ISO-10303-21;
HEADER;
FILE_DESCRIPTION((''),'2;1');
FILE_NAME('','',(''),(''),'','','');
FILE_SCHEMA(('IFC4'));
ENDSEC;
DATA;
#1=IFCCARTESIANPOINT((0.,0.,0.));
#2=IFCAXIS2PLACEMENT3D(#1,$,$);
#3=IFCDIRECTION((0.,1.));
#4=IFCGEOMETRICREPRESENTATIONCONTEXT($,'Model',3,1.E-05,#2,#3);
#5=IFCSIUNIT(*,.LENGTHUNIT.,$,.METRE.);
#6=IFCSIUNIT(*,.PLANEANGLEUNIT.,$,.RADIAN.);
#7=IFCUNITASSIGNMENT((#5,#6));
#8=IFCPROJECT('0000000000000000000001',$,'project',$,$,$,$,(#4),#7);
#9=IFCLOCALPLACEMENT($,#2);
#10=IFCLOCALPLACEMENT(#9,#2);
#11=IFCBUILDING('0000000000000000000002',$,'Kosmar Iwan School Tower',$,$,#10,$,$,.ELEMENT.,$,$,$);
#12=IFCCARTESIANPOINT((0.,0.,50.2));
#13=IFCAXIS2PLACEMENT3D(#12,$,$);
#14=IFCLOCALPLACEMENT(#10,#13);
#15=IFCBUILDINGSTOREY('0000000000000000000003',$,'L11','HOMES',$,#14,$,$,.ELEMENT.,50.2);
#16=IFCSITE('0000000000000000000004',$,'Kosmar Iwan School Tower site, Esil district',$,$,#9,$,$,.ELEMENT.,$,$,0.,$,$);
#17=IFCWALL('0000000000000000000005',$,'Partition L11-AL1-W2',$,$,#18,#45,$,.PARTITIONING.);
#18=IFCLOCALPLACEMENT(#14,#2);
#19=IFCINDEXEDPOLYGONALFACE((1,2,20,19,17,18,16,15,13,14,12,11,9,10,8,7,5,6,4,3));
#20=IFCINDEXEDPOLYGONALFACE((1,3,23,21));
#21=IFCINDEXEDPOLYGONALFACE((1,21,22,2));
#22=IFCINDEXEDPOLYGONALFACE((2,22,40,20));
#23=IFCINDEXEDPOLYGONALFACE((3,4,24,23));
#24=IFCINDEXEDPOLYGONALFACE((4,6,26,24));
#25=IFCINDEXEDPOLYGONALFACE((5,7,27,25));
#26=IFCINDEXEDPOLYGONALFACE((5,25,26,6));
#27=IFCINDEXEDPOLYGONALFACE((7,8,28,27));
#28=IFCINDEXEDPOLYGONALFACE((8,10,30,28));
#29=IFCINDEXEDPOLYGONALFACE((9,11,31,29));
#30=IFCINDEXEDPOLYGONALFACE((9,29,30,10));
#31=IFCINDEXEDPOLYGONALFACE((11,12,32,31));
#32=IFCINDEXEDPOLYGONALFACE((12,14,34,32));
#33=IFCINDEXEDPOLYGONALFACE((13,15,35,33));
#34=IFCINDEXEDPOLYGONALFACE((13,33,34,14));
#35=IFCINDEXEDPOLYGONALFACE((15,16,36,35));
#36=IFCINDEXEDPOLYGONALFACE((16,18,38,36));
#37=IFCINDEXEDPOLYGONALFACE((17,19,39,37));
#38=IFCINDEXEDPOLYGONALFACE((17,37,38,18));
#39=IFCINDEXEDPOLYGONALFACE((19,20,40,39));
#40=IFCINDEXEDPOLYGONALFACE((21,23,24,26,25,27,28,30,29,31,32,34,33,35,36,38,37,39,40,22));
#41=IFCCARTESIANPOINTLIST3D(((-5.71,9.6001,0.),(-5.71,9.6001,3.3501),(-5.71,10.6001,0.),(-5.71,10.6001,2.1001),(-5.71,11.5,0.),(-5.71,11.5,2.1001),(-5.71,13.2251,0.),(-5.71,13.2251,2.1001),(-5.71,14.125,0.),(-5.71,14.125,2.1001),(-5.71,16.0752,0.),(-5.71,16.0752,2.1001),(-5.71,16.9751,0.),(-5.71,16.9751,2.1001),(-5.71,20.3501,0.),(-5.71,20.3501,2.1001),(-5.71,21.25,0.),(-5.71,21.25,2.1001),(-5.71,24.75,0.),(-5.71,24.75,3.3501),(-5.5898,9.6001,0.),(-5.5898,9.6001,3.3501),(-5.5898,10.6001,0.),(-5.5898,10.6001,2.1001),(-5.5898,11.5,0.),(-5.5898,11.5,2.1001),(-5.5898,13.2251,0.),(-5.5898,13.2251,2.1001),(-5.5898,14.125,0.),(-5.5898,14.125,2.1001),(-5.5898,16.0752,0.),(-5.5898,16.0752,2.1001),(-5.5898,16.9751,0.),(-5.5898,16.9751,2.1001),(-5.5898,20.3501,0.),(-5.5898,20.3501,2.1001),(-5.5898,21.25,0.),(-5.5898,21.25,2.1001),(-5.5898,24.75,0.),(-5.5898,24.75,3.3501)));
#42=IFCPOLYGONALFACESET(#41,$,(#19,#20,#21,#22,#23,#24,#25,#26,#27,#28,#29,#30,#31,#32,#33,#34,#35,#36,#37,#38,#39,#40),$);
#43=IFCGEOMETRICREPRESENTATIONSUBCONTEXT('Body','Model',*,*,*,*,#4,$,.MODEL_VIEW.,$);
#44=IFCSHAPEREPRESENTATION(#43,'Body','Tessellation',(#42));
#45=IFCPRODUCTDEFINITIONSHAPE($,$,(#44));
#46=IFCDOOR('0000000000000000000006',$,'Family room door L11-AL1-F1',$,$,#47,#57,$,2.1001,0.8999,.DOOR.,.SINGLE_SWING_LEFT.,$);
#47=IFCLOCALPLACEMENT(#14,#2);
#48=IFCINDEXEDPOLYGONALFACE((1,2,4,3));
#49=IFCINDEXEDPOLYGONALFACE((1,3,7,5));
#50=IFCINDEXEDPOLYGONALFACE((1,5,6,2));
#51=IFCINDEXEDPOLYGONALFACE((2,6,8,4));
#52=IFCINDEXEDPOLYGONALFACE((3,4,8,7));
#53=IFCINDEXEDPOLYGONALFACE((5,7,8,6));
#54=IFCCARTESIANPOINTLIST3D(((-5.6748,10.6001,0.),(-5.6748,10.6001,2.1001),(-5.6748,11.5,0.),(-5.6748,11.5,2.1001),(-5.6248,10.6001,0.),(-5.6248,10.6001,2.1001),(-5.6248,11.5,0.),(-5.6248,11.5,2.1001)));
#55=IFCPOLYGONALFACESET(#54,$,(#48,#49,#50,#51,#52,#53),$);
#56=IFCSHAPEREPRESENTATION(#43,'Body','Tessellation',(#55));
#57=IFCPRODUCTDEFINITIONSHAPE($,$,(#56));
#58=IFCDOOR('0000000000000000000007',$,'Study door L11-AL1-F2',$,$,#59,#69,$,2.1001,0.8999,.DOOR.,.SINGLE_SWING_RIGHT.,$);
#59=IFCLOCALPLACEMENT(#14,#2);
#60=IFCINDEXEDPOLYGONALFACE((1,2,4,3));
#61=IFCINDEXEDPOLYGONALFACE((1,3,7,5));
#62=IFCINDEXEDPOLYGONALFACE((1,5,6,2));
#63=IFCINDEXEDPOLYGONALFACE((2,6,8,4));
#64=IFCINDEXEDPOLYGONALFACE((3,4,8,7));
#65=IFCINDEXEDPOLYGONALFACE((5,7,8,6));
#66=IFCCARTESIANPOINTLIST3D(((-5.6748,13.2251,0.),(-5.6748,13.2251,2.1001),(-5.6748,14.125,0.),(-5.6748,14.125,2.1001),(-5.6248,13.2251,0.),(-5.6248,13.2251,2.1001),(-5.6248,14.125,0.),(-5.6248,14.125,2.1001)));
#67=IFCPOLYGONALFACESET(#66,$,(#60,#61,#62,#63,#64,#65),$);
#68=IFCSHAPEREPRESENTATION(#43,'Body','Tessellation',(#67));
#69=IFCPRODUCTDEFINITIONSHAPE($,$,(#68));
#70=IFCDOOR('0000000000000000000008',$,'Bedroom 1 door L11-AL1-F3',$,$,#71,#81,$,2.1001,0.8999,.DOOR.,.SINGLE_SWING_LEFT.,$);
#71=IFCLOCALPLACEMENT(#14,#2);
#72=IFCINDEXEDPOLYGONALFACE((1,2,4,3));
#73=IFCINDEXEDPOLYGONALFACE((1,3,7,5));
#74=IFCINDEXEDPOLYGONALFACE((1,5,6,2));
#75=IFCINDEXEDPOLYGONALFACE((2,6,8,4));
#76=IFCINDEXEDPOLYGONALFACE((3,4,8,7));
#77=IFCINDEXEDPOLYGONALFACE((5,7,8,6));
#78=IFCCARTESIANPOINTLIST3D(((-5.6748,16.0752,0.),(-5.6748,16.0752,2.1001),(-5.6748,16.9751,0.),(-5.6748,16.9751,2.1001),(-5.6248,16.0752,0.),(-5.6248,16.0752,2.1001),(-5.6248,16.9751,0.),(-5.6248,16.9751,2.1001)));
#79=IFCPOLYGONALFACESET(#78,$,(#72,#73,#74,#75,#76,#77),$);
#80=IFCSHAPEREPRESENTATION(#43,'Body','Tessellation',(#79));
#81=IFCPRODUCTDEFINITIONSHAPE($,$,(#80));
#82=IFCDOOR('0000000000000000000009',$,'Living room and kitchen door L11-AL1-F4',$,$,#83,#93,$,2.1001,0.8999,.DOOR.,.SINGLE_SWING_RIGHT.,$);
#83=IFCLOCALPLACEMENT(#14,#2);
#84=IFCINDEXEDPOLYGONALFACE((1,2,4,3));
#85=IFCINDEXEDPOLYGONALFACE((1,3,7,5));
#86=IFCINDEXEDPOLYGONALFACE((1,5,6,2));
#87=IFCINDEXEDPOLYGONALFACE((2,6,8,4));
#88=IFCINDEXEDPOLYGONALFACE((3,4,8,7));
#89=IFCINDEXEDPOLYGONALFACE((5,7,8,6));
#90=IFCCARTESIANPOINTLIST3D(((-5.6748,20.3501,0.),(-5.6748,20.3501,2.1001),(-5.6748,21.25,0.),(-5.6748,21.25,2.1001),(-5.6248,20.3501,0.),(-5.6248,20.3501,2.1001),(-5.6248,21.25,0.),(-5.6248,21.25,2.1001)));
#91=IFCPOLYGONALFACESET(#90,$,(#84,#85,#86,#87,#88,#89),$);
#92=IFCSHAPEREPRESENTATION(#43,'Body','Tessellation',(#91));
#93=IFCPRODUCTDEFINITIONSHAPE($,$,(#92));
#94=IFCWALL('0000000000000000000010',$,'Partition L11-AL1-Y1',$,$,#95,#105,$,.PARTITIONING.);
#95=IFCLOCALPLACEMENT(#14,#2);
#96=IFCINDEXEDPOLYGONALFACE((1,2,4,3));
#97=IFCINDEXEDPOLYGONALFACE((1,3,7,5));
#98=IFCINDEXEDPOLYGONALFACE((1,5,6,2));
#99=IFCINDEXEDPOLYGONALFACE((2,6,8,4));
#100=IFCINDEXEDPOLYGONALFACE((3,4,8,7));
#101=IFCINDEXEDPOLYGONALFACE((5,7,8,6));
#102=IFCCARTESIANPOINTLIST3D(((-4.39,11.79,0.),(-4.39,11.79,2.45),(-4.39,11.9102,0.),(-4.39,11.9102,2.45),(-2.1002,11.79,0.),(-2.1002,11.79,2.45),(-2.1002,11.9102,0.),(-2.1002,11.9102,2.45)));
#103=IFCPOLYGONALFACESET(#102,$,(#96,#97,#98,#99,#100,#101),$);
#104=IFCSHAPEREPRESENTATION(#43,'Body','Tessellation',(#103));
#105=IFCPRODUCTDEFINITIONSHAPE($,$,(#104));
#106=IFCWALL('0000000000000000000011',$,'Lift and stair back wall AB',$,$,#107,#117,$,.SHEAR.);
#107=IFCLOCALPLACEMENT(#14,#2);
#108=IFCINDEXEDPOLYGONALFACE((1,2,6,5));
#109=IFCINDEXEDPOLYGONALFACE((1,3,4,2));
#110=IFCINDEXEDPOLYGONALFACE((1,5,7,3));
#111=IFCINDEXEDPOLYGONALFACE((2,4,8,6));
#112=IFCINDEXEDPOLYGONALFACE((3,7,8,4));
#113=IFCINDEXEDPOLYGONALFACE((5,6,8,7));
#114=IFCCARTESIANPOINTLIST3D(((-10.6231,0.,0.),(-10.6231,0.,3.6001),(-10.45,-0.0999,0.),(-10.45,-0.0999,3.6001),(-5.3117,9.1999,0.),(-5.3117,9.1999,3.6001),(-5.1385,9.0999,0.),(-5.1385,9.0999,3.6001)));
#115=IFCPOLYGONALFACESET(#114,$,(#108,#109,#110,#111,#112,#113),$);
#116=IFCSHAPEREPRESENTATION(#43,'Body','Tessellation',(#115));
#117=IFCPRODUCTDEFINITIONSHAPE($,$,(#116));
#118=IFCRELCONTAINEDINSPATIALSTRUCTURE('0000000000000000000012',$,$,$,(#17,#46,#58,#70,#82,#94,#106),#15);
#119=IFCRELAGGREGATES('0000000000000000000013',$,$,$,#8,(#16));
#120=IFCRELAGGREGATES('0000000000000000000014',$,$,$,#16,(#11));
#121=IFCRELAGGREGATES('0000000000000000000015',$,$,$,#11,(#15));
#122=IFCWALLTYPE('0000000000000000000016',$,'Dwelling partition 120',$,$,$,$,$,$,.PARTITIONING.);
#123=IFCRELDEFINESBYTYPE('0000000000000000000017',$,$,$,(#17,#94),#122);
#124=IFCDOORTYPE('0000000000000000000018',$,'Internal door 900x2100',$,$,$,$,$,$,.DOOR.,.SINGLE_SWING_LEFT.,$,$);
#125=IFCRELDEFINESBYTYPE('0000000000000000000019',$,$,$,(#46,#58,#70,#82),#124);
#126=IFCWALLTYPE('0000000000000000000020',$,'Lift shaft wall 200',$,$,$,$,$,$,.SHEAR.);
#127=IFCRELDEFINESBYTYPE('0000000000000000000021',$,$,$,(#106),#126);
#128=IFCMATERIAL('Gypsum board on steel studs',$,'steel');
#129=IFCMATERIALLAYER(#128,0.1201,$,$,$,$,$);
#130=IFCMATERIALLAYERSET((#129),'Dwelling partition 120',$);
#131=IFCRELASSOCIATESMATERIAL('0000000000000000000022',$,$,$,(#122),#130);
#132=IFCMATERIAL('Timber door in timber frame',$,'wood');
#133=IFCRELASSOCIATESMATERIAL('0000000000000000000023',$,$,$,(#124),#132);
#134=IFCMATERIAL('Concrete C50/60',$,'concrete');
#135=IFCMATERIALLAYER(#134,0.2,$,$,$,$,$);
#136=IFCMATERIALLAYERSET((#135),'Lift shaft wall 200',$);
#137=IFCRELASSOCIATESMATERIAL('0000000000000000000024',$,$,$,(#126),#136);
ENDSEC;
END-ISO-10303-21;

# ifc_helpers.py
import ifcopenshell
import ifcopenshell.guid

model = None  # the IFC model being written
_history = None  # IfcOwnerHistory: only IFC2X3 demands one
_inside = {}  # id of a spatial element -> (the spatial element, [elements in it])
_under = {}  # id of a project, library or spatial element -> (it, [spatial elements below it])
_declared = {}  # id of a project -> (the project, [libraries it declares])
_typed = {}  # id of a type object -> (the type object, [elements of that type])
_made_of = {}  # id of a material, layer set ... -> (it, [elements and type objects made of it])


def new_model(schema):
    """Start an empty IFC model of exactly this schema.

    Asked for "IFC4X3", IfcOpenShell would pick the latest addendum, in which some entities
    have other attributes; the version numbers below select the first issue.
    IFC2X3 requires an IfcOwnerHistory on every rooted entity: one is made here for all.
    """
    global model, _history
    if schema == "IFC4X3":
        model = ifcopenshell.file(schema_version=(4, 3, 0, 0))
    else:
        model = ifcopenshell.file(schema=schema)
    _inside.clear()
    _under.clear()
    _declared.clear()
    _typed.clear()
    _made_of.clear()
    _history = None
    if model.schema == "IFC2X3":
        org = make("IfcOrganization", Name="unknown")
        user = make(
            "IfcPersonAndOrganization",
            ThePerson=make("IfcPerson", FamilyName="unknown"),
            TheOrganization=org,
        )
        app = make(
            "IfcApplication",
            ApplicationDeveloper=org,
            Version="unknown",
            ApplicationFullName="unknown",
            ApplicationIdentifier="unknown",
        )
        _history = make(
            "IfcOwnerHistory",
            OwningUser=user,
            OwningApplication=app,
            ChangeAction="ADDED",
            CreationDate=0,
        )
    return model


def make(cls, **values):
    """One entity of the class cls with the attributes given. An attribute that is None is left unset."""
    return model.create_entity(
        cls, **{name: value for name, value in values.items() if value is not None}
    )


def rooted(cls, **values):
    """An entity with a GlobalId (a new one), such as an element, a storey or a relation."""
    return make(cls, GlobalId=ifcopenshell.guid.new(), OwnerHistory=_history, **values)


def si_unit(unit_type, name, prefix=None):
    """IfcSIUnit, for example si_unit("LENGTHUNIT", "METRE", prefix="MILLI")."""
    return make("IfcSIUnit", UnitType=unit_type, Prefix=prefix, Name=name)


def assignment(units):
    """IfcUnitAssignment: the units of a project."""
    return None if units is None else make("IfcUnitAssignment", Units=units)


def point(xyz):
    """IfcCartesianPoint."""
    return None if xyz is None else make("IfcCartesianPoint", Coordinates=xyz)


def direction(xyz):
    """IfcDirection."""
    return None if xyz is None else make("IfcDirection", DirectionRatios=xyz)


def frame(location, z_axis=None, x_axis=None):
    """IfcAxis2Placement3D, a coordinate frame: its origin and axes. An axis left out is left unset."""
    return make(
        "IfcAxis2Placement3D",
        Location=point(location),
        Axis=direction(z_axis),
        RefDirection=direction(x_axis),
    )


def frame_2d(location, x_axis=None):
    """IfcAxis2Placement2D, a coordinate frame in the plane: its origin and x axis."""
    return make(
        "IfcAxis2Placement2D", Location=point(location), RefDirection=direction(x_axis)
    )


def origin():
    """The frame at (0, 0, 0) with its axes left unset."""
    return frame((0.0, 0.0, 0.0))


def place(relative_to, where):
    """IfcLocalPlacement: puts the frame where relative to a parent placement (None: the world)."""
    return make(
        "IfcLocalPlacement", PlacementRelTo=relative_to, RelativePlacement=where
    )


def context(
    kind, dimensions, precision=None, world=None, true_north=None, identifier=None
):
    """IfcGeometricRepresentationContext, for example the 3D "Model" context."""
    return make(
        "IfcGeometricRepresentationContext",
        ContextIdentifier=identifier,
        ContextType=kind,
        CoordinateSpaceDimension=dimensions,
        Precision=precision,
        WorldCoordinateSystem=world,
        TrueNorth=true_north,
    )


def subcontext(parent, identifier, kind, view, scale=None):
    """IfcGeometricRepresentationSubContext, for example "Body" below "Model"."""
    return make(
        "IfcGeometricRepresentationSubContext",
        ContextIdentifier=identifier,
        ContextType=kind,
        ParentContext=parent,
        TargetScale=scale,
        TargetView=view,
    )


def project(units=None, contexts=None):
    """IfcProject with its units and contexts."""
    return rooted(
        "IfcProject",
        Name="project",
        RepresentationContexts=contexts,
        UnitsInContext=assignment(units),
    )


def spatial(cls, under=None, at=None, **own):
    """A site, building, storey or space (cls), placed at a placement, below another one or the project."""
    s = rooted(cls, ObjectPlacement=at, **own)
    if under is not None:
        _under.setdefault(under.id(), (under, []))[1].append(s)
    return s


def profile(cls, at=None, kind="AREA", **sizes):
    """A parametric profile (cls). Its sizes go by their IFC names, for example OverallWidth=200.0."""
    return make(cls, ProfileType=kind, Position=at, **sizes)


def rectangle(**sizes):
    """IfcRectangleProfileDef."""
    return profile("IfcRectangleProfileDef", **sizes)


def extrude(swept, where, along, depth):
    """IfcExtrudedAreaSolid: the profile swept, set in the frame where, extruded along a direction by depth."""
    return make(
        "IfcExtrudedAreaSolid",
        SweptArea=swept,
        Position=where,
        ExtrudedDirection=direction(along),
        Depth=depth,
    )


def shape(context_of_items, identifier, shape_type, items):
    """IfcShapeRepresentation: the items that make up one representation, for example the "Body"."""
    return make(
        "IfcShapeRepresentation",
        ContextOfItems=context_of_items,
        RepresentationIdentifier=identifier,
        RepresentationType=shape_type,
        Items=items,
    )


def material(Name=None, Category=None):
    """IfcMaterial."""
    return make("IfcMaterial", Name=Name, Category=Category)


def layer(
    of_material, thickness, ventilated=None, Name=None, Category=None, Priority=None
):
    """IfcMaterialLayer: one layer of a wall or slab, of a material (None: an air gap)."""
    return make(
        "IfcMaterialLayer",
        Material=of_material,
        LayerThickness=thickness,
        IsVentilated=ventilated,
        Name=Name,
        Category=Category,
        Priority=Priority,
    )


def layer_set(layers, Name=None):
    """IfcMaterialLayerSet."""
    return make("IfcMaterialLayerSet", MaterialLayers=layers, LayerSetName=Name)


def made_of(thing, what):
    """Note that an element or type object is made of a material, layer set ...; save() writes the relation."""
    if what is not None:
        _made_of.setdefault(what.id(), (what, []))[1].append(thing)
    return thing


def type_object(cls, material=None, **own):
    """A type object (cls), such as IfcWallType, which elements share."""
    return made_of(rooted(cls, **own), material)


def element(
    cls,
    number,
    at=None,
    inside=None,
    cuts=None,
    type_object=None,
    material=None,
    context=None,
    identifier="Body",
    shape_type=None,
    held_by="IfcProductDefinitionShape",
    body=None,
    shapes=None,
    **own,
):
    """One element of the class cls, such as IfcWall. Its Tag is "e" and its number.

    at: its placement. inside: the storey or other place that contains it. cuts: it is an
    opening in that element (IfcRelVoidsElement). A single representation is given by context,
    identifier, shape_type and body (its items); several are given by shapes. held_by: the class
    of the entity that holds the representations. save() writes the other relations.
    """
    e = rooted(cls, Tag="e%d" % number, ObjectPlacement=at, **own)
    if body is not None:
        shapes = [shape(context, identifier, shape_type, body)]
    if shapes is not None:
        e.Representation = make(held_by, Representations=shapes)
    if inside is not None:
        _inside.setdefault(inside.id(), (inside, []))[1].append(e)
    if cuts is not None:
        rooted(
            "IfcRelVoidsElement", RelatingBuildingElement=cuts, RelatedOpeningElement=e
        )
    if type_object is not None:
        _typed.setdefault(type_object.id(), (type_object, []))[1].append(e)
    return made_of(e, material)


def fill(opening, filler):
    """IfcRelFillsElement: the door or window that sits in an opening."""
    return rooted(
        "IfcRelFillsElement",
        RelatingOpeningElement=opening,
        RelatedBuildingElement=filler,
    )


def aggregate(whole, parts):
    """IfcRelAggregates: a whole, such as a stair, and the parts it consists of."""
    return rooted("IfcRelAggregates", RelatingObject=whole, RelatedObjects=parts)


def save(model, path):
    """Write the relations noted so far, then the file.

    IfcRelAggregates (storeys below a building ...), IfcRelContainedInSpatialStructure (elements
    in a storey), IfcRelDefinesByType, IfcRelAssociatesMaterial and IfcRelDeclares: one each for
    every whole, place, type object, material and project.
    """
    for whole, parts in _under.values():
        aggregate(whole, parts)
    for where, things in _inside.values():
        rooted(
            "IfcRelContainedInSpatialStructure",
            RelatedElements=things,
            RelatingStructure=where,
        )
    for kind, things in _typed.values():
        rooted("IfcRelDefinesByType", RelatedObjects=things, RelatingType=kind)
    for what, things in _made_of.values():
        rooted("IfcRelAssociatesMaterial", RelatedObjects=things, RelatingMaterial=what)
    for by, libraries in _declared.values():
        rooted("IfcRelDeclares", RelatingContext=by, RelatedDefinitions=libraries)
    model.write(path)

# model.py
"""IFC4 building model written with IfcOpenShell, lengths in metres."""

from ifc_helpers import new_model, si_unit, direction, frame, frame_2d, origin, place, context, subcontext, project, spatial, rectangle, extrude, material, layer, layer_set, type_object, element, fill, save


model = new_model("IFC4")

# Units and contexts
model_context = context("Model", 3, precision=1e-05, world=origin(), true_north=direction((0.0, 1.0)))
body_context = subcontext(model_context, "Body", "Model", "MODEL_VIEW")
ifc_project = project(units=[si_unit("LENGTHUNIT", "METRE"), si_unit("PLANEANGLEUNIT", "RADIAN")], contexts=[model_context])

# Site, building, storey
site_placement = place(None, origin())
site = spatial("IfcSite", under=ifc_project, at=site_placement, Name="Kosmar Iwan School Tower site, Esil district", CompositionType="ELEMENT", RefElevation=0.0)
building_placement = place(site_placement, origin())
building = spatial("IfcBuilding", under=site, at=building_placement, Name="Kosmar Iwan School Tower", CompositionType="ELEMENT")
storey_placement = place(building_placement, frame((0.0, 0.0, 50.2)))
storey = spatial("IfcBuildingStorey", under=building, at=storey_placement, Name="L11", Description="HOMES", CompositionType="ELEMENT", Elevation=50.2)

# Wall, openings, doors
ifc_material_1 = material(Name="Gypsum board on steel studs", Category="steel")
ifc_layer_1 = layer(ifc_material_1, 0.1201)
ifc_layer_set_1 = layer_set([ifc_layer_1], Name="Dwelling partition 120")
wall_type_1 = type_object("IfcWallType", Name="Dwelling partition 120", PredefinedType="PARTITIONING", material=ifc_layer_set_1)
ifc_material_2 = material(Name="Timber door in timber frame", Category="wood")
door_type_1 = type_object("IfcDoorType", Name="Internal door 900x2100", OperationType="SINGLE_SWING_LEFT", PredefinedType="DOOR", material=ifc_material_2)
wall_1_placement = place(storey_placement, frame((-5.6499, 9.6001, 0.0), z_axis=(0.0, 0.0, 1.0), x_axis=(0.0, 1.0, 0.0)))
wall_1 = element("IfcWall", 1, at=wall_1_placement, inside=storey, type_object=wall_type_1, Name="Partition L11-AL1-W2", PredefinedType="PARTITIONING", context=body_context, shape_type="SweptSolid", body=[
    extrude(rectangle(XDim=15.1499, YDim=0.1201, at=frame_2d((7.575, 0.0))), origin(), (0.0, 0.0, 1.0), 3.3501),
])
opening_1_placement = place(wall_1_placement, frame((1.0, 0.0, 0.0)))
opening_1 = element("IfcOpeningElement", 2, at=opening_1_placement, cuts=wall_1, PredefinedType="OPENING", context=body_context, shape_type="SweptSolid", body=[
    extrude(rectangle(XDim=0.8999, YDim=2.1001, at=frame_2d((0.45, 1.05))), frame((0.0, 0.072, 0.0), z_axis=(0.0, -1.0, 0.0), x_axis=(1.0, 0.0, 0.0)), (0.0, 0.0, 1.0), 0.144),
])
opening_2_placement = place(wall_1_placement, frame((3.625, 0.0, 0.0)))
opening_2 = element("IfcOpeningElement", 3, at=opening_2_placement, cuts=wall_1, PredefinedType="OPENING", context=body_context, shape_type="SweptSolid", body=[
    extrude(rectangle(XDim=0.8999, YDim=2.1001, at=frame_2d((0.45, 1.05))), frame((0.0, 0.072, 0.0), z_axis=(0.0, -1.0, 0.0), x_axis=(1.0, 0.0, 0.0)), (0.0, 0.0, 1.0), 0.144),
])
opening_3_placement = place(wall_1_placement, frame((6.4751, 0.0, 0.0)))
opening_3 = element("IfcOpeningElement", 4, at=opening_3_placement, cuts=wall_1, PredefinedType="OPENING", context=body_context, shape_type="SweptSolid", body=[
    extrude(rectangle(XDim=0.8999, YDim=2.1001, at=frame_2d((0.45, 1.05))), frame((0.0, 0.072, 0.0), z_axis=(0.0, -1.0, 0.0), x_axis=(1.0, 0.0, 0.0)), (0.0, 0.0, 1.0), 0.144),
])
opening_4_placement = place(wall_1_placement, frame((10.75, 0.0, 0.0)))
opening_4 = element("IfcOpeningElement", 5, at=opening_4_placement, cuts=wall_1, PredefinedType="OPENING", context=body_context, shape_type="SweptSolid", body=[
    extrude(rectangle(XDim=0.8999, YDim=2.1001, at=frame_2d((0.45, 1.05))), frame((0.0, 0.072, 0.0), z_axis=(0.0, -1.0, 0.0), x_axis=(1.0, 0.0, 0.0)), (0.0, 0.0, 1.0), 0.144),
])
door_1_placement = place(opening_1_placement, origin())
door_1 = element("IfcDoor", 6, at=door_1_placement, inside=storey, type_object=door_type_1, Name="Family room door L11-AL1-F1", OperationType="SINGLE_SWING_LEFT", OverallHeight=2.1001, OverallWidth=0.8999, PredefinedType="DOOR", context=body_context, shape_type="SweptSolid", body=[
    extrude(rectangle(XDim=0.8999, YDim=2.1001, at=frame_2d((0.45, 1.05))), frame((0.0, 0.0249, 0.0), z_axis=(0.0, -1.0, 0.0), x_axis=(1.0, 0.0, 0.0)), (0.0, 0.0, 1.0), 0.05),
])
fill(opening_1, door_1)
door_2_placement = place(opening_2_placement, origin())
door_2 = element("IfcDoor", 7, at=door_2_placement, inside=storey, type_object=door_type_1, Name="Study door L11-AL1-F2", OperationType="SINGLE_SWING_RIGHT", OverallHeight=2.1001, OverallWidth=0.8999, PredefinedType="DOOR", context=body_context, shape_type="SweptSolid", body=[
    extrude(rectangle(XDim=0.8999, YDim=2.1001, at=frame_2d((0.45, 1.05))), frame((0.0, 0.0249, 0.0), z_axis=(0.0, -1.0, 0.0), x_axis=(1.0, 0.0, 0.0)), (0.0, 0.0, 1.0), 0.05),
])
fill(opening_2, door_2)
door_3_placement = place(opening_3_placement, origin())
door_3 = element("IfcDoor", 8, at=door_3_placement, inside=storey, type_object=door_type_1, Name="Bedroom 1 door L11-AL1-F3", OperationType="SINGLE_SWING_LEFT", OverallHeight=2.1001, OverallWidth=0.8999, PredefinedType="DOOR", context=body_context, shape_type="SweptSolid", body=[
    extrude(rectangle(XDim=0.8999, YDim=2.1001, at=frame_2d((0.45, 1.05))), frame((0.0, 0.0249, 0.0), z_axis=(0.0, -1.0, 0.0), x_axis=(1.0, 0.0, 0.0)), (0.0, 0.0, 1.0), 0.05),
])
fill(opening_3, door_3)
door_4_placement = place(opening_4_placement, origin())
door_4 = element("IfcDoor", 9, at=door_4_placement, inside=storey, type_object=door_type_1, Name="Living room and kitchen door L11-AL1-F4", OperationType="SINGLE_SWING_RIGHT", OverallHeight=2.1001, OverallWidth=0.8999, PredefinedType="DOOR", context=body_context, shape_type="SweptSolid", body=[
    extrude(rectangle(XDim=0.8999, YDim=2.1001, at=frame_2d((0.45, 1.05))), frame((0.0, 0.0249, 0.0), z_axis=(0.0, -1.0, 0.0), x_axis=(1.0, 0.0, 0.0)), (0.0, 0.0, 1.0), 0.05),
])
fill(opening_4, door_4)

# Walls
wall_2_placement = place(storey_placement, frame((-2.1001, 11.8501, 0.0), z_axis=(0.0, 0.0, 1.0), x_axis=(-1.0, 0.0, 0.0)))
element("IfcWall", 10, at=wall_2_placement, inside=storey, type_object=wall_type_1, Name="Partition L11-AL1-Y1", PredefinedType="PARTITIONING", context=body_context, shape_type="SweptSolid", body=[
    extrude(rectangle(XDim=2.2898, YDim=0.1201, at=frame_2d((1.145, 0.0))), origin(), (0.0, 0.0, 1.0), 2.45),
])
ifc_material_3 = material(Name="Concrete C50/60", Category="concrete")
ifc_layer_2 = layer(ifc_material_3, 0.2)
ifc_layer_set_2 = layer_set([ifc_layer_2], Name="Lift shaft wall 200")
wall_type_2 = type_object("IfcWallType", Name="Lift shaft wall 200", PredefinedType="SHEAR", material=ifc_layer_set_2)
wall_3_placement = place(storey_placement, frame((-5.2251, 9.1499, 0.0), z_axis=(0.0, 0.0, 1.0), x_axis=(-0.499995, -0.866028, 0.0)))
element("IfcWall", 11, at=wall_3_placement, inside=storey, type_object=wall_type_2, Name="Lift and stair back wall AB", PredefinedType="SHEAR", context=body_context, shape_type="SweptSolid", body=[
    extrude(rectangle(XDim=10.623, YDim=0.2, at=frame_2d((5.3115, 0.0))), origin(), (0.0, 0.0, 1.0), 3.6001),
])

save(model, "model.ifc")
